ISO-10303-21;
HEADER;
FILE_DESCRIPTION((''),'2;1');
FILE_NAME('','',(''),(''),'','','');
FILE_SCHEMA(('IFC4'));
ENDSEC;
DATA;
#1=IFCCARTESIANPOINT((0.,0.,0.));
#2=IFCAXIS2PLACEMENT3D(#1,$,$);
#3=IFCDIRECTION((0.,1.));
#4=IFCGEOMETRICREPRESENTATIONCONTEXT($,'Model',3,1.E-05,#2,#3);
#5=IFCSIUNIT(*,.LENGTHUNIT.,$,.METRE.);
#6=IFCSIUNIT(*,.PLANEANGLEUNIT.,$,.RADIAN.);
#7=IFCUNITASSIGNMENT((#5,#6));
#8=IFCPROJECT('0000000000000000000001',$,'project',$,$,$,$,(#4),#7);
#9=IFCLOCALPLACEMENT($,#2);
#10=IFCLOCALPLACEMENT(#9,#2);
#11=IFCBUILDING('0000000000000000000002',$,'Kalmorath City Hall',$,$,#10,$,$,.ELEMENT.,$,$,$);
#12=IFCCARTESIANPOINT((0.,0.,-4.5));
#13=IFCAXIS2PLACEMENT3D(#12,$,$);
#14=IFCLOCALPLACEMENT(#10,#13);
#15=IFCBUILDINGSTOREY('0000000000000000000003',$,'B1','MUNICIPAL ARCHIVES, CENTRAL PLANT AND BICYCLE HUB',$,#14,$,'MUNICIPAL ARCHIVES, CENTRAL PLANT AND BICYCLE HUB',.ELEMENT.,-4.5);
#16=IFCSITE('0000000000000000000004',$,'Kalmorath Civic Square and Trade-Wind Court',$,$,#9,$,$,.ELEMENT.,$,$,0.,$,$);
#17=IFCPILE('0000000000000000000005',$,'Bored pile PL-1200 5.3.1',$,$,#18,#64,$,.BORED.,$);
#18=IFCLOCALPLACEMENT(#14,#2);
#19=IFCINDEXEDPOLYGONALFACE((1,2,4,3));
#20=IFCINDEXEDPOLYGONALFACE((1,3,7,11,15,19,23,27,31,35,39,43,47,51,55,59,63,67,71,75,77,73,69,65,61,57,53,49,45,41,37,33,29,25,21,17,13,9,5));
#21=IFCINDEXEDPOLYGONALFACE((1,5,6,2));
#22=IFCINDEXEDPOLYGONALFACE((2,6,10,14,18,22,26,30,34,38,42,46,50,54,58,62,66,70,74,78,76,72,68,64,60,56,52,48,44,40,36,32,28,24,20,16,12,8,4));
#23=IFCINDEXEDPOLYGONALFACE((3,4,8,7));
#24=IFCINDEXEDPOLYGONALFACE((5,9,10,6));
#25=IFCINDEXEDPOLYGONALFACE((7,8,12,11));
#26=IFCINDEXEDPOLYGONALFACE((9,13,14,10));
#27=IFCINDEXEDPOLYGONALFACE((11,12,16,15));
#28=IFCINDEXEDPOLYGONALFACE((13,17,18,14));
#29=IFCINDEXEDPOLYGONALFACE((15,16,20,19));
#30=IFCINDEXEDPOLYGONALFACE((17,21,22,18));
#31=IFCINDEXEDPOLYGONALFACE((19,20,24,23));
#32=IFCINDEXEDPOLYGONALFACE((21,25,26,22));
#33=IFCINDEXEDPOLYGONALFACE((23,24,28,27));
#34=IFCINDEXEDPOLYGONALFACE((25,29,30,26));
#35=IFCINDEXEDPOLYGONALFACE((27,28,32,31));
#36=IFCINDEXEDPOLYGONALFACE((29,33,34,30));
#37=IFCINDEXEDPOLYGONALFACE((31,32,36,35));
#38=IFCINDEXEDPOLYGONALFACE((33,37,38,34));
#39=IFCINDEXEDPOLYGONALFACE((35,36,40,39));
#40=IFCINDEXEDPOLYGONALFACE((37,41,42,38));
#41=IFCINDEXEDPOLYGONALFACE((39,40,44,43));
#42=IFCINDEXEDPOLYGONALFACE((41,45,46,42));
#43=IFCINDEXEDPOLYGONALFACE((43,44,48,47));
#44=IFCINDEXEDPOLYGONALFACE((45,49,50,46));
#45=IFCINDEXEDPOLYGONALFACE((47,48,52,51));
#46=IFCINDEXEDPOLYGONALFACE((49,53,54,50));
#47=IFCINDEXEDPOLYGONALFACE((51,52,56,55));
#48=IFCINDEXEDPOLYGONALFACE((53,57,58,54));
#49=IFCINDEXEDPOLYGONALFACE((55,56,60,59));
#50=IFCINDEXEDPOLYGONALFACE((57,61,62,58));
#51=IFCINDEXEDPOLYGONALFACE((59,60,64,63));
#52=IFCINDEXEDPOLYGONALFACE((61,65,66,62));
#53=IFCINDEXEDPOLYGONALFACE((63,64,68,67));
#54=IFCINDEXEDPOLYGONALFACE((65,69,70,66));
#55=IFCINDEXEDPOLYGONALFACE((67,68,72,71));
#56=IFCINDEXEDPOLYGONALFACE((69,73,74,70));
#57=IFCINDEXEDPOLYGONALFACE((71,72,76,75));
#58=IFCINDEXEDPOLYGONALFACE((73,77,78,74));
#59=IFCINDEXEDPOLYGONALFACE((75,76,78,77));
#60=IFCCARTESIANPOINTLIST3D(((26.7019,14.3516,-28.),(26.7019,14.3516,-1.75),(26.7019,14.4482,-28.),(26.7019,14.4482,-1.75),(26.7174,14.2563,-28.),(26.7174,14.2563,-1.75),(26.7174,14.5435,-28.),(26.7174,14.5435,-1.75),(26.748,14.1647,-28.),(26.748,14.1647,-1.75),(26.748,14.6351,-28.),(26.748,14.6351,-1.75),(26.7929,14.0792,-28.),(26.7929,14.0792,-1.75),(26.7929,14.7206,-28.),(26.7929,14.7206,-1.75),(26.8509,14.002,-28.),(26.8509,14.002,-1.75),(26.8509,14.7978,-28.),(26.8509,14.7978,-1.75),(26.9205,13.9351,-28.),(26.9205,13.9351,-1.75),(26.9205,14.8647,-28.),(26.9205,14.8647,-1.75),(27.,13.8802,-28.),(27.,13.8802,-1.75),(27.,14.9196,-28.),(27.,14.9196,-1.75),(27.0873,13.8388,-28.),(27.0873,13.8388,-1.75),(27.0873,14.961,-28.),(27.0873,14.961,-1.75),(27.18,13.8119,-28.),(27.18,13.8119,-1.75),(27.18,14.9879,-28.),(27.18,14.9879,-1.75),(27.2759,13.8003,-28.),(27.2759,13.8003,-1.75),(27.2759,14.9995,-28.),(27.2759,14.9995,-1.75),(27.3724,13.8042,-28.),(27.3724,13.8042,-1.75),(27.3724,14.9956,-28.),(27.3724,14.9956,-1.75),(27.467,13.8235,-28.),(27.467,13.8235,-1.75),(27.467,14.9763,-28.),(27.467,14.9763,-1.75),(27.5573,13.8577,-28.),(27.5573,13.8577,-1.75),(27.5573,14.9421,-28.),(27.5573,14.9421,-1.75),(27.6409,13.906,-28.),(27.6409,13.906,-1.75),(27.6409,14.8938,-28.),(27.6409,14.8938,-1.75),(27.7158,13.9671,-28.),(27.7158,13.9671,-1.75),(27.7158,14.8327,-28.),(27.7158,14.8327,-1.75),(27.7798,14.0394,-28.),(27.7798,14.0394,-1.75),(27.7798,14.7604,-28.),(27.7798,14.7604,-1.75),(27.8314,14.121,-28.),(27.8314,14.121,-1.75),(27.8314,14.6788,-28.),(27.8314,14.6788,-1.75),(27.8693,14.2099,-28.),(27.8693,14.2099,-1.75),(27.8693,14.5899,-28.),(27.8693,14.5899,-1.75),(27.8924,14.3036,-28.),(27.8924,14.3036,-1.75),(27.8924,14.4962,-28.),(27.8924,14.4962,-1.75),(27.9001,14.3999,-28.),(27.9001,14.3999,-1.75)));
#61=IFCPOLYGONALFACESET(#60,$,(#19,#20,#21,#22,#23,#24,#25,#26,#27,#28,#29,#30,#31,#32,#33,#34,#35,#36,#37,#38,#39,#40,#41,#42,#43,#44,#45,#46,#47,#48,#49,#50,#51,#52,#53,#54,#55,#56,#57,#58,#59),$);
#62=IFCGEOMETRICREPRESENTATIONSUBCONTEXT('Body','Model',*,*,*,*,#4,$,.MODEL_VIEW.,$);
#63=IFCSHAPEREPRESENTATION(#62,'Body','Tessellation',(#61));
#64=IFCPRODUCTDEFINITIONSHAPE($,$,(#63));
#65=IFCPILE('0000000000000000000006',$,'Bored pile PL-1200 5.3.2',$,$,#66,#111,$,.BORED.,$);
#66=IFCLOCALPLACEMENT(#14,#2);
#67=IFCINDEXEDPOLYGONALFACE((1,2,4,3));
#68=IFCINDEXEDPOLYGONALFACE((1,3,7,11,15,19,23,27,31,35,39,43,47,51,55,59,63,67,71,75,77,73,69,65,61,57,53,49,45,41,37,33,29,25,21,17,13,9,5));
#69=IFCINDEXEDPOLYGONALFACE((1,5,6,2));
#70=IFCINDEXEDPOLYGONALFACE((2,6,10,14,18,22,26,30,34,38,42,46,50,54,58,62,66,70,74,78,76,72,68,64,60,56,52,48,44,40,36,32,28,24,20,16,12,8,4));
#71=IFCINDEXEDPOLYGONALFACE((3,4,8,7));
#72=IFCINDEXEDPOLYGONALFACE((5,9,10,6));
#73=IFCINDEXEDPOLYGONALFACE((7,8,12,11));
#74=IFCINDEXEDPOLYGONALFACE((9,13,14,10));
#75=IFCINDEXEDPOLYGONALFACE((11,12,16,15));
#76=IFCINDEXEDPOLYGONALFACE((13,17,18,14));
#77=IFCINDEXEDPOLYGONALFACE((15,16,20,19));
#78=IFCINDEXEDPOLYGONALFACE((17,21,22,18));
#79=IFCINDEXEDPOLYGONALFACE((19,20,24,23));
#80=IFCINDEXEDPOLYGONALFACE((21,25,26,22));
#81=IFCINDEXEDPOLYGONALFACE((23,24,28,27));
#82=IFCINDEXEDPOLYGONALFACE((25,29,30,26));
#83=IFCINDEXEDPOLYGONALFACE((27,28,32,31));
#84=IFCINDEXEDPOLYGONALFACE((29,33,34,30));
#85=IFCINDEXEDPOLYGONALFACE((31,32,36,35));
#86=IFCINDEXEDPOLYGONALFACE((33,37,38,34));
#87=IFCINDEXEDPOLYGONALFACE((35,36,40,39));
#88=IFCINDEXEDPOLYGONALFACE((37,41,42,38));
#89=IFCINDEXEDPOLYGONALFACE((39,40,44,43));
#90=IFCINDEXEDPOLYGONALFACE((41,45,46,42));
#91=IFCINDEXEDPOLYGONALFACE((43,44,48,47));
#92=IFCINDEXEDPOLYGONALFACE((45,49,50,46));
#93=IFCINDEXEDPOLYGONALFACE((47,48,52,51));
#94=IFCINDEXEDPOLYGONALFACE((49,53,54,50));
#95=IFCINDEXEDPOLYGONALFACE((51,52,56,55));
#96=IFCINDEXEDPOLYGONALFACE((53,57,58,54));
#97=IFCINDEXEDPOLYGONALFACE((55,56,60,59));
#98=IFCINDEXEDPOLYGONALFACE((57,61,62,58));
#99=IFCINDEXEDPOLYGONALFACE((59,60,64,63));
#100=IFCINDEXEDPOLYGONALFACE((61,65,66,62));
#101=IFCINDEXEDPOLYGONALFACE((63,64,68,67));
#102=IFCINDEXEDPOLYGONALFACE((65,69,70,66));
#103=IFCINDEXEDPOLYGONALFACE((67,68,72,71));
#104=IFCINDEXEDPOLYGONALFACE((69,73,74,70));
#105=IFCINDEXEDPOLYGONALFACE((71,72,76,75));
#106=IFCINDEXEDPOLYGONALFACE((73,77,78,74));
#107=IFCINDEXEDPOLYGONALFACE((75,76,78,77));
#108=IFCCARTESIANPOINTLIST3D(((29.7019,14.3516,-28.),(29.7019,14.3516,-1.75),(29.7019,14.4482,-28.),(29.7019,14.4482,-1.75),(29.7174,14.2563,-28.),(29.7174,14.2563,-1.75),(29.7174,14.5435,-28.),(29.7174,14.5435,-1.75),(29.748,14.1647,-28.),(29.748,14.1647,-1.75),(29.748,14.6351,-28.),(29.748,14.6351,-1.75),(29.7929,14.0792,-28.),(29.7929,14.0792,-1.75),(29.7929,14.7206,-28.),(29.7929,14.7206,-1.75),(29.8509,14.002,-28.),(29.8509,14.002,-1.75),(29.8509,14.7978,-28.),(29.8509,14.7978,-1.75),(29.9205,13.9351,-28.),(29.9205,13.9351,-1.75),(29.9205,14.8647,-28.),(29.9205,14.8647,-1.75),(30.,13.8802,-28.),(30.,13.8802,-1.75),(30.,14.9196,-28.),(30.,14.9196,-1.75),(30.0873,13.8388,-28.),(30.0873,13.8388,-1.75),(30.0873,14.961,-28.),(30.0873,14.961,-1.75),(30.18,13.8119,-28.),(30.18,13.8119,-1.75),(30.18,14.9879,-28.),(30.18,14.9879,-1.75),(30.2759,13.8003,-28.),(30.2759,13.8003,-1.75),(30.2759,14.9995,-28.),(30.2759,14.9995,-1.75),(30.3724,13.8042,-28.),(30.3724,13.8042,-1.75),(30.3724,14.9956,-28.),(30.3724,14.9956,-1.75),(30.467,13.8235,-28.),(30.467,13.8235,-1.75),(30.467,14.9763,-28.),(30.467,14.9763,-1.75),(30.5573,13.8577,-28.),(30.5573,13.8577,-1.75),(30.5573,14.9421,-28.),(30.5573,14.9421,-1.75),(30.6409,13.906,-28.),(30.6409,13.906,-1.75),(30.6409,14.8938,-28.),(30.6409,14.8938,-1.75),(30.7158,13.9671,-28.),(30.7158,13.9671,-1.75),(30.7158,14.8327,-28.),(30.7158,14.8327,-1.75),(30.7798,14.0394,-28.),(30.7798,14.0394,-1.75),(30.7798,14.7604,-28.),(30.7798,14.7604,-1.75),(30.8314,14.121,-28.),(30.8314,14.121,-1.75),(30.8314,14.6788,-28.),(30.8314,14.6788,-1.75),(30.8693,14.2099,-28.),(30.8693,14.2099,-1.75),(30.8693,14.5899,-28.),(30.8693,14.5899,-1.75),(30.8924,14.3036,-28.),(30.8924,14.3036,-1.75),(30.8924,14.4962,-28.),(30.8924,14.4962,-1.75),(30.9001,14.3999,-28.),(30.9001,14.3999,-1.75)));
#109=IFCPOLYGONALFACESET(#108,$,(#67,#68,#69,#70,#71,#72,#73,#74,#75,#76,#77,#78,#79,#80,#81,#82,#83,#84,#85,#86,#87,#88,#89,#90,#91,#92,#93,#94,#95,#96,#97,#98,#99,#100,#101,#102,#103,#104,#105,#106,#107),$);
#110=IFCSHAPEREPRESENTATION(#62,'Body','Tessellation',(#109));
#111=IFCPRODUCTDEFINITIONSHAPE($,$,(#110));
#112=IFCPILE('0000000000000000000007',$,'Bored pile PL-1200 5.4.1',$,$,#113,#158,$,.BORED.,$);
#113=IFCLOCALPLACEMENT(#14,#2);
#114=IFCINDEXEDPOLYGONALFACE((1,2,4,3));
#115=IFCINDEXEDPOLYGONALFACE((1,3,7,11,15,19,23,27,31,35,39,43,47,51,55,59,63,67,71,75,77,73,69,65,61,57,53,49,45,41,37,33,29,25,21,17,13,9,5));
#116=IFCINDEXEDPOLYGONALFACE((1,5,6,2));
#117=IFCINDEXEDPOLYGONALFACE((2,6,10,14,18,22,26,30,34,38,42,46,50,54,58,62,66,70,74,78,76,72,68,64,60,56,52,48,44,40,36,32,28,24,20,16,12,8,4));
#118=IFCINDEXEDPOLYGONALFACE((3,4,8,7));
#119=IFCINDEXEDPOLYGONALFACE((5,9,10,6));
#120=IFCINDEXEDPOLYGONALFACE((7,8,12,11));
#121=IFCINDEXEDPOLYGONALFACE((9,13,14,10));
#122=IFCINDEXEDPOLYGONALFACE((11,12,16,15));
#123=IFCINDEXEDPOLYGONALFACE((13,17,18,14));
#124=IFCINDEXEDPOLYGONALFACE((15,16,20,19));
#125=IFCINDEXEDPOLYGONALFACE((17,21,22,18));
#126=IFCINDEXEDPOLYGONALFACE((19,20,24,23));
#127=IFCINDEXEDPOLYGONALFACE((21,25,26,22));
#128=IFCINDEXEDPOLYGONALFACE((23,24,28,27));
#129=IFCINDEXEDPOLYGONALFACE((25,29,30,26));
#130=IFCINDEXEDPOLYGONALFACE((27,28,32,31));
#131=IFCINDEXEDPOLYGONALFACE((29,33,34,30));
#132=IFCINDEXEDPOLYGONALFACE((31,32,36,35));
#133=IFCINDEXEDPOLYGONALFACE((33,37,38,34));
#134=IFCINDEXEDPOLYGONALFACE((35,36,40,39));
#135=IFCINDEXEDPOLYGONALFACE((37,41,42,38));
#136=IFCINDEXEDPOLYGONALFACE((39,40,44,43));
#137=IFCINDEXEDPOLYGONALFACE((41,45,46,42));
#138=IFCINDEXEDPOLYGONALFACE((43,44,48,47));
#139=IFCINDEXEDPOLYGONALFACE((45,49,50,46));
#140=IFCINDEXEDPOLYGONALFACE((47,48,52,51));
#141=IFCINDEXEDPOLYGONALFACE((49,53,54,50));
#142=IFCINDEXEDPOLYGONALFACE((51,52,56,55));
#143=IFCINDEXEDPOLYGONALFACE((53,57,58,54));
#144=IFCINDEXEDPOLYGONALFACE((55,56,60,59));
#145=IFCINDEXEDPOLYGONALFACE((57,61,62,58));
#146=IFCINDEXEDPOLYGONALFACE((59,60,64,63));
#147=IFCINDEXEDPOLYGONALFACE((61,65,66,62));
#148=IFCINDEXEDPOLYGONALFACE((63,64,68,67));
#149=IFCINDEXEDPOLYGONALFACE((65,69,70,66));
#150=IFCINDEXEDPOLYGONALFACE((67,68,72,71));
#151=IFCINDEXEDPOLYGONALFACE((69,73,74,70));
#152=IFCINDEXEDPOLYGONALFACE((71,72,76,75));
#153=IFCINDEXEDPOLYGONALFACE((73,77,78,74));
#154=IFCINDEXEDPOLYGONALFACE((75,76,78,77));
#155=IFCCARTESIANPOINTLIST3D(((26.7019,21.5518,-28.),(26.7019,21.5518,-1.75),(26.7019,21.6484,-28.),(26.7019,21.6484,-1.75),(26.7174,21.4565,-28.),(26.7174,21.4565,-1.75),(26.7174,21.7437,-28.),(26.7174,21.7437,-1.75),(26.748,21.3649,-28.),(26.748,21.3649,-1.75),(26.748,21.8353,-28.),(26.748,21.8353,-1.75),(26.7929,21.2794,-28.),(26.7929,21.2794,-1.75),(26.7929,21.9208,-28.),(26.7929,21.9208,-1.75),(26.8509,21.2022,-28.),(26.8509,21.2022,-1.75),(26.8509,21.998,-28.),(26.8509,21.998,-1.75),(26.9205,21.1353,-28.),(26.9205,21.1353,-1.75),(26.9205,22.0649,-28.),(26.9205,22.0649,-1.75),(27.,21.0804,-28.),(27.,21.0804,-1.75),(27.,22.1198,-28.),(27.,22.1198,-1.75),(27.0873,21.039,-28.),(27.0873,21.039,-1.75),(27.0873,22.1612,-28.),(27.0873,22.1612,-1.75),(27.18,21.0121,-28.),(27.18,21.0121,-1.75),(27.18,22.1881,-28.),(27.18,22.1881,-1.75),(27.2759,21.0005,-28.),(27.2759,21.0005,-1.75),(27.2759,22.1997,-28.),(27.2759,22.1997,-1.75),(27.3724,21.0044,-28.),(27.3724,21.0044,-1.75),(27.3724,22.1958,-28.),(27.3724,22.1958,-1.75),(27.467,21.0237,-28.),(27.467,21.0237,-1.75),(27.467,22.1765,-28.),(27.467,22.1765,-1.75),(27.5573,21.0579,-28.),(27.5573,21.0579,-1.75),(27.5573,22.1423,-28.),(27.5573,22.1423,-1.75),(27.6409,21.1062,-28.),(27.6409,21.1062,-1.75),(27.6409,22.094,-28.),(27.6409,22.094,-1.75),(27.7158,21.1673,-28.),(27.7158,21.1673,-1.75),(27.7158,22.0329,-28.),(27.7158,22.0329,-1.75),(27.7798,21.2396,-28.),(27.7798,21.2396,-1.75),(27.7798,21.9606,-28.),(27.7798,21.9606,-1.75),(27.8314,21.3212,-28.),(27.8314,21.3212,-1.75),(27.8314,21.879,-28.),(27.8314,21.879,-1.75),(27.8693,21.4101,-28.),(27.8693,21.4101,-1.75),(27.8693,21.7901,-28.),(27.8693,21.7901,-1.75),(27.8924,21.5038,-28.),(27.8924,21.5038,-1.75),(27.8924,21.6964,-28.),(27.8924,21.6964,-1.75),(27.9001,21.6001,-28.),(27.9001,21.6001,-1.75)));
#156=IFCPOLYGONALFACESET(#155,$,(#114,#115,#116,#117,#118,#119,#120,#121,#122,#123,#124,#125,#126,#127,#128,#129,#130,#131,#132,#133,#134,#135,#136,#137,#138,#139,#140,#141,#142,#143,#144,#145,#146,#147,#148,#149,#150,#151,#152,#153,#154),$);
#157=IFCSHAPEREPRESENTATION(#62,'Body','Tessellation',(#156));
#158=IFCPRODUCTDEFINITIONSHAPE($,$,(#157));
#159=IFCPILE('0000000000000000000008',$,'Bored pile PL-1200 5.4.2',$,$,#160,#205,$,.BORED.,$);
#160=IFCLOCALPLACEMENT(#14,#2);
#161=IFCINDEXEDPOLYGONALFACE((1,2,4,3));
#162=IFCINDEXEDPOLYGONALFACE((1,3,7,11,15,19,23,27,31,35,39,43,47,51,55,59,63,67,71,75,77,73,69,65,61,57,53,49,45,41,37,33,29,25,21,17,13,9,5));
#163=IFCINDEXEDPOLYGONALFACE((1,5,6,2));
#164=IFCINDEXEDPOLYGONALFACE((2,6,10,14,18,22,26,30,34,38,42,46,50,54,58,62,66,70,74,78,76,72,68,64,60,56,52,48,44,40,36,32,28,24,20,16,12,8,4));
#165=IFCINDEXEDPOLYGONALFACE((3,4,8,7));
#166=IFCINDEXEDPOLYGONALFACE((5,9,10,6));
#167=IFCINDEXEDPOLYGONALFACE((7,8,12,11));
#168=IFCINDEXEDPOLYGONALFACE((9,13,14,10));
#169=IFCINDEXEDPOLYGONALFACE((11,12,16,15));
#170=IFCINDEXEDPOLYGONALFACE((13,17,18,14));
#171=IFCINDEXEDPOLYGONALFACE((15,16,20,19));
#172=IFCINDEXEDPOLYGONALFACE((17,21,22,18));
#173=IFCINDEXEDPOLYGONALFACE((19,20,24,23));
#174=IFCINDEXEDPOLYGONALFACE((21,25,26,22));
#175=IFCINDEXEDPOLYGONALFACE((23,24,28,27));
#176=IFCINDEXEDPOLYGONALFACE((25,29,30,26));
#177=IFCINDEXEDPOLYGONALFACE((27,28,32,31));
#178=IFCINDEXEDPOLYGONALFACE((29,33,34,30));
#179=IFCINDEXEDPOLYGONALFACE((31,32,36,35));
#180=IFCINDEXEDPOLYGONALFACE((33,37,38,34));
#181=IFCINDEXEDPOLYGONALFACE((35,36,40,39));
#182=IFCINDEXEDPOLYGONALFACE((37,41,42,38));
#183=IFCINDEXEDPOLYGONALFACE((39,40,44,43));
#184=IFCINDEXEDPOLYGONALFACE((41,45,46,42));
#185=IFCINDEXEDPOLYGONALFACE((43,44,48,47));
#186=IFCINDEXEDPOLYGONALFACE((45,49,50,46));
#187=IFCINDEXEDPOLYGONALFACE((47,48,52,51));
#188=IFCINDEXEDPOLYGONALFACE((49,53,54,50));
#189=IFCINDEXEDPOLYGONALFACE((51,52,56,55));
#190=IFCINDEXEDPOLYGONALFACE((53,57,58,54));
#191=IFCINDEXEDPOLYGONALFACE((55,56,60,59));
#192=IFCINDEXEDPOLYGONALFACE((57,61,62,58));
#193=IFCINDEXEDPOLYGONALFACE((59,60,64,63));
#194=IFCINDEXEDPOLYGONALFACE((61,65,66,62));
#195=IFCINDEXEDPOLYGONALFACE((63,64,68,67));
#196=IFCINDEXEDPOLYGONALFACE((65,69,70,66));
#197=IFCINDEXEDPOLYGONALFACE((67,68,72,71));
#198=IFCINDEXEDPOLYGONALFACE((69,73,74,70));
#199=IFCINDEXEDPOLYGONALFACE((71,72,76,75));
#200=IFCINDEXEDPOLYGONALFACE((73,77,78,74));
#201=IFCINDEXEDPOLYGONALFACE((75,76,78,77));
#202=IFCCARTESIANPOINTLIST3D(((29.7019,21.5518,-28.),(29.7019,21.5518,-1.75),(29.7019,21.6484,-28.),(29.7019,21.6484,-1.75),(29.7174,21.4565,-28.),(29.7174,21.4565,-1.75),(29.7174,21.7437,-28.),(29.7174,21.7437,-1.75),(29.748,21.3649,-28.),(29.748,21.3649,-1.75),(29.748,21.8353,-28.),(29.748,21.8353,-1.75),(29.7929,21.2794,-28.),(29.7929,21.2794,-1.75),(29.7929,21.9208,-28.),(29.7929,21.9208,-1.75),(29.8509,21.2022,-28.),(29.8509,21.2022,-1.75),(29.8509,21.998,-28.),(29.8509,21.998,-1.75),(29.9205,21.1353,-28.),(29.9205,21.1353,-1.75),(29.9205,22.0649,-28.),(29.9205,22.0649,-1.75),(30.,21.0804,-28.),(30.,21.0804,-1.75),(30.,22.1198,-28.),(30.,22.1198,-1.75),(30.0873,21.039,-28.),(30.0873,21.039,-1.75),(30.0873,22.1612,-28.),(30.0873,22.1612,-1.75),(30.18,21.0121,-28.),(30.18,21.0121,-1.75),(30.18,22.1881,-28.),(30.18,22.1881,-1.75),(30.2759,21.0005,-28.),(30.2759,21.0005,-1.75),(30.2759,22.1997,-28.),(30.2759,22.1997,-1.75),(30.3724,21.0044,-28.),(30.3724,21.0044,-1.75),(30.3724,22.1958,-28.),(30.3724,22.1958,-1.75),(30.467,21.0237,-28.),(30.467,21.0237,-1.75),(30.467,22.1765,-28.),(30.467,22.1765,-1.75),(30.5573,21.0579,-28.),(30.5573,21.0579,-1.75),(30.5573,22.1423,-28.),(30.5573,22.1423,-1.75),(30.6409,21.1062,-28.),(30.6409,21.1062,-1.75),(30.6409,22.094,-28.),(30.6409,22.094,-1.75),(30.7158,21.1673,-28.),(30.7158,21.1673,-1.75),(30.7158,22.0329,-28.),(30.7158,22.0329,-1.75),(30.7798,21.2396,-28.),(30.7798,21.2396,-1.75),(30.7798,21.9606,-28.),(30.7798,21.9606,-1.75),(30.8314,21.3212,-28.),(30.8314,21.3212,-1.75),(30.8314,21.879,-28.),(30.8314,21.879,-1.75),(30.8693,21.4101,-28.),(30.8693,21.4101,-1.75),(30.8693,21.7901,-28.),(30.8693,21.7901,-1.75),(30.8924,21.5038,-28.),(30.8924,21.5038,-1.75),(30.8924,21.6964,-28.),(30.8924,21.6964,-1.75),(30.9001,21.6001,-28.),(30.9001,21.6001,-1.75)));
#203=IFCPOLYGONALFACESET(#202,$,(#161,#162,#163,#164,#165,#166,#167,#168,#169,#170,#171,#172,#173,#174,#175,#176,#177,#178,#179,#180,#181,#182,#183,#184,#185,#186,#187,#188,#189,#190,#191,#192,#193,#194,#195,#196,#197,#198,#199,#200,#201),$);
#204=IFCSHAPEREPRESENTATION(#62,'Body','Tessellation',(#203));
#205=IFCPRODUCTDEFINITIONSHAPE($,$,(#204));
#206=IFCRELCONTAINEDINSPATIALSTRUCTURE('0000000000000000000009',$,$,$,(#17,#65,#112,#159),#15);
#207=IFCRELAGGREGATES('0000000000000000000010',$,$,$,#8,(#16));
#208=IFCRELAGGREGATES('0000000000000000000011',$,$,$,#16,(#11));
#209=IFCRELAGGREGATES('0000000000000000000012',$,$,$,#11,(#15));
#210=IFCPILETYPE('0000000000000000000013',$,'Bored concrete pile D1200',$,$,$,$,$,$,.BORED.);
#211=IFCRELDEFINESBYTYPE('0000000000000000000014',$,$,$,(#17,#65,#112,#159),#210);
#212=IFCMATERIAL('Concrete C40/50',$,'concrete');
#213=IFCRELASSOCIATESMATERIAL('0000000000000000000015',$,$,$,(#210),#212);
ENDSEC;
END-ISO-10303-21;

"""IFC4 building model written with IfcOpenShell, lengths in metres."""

from ifc_helpers import new_model, si_unit, direction, frame, origin, origin_2d, place, context, subcontext, project, spatial, circle, extrude, material, material_profile, profile_set, type_object, element, save


model = new_model("IFC4")

# Units and contexts
model_context = context("Model", 3, precision=1e-05, world=origin(), true_north=direction((0.0, 1.0)))
body_context = subcontext(model_context, "Body", "Model", "MODEL_VIEW")
ifc_project = project(units=[si_unit("LENGTHUNIT", "METRE"), si_unit("PLANEANGLEUNIT", "RADIAN")], contexts=[model_context])

# Site, building, storey
site_placement = place(None, origin())
site = spatial("IfcSite", under=ifc_project, at=site_placement, Name="Kalmorath Civic Square and Trade-Wind Court", CompositionType="ELEMENT", RefElevation=0.0)
building_placement = place(site_placement, origin())
building = spatial("IfcBuilding", under=site, at=building_placement, Name="Kalmorath City Hall", CompositionType="ELEMENT")
storey_placement = place(building_placement, frame((0.0, 0.0, -4.5)))
storey = spatial("IfcBuildingStorey", under=building, at=storey_placement, Name="B1", Description="MUNICIPAL ARCHIVES, CENTRAL PLANT AND BICYCLE HUB", LongName="MUNICIPAL ARCHIVES, CENTRAL PLANT AND BICYCLE HUB", CompositionType="ELEMENT", Elevation=-4.5)

# Piles
ifc_material_1 = material(Name="Concrete C40/50", Category="concrete")
ifc_material_profile_1 = material_profile(ifc_material_1, circle(Radius=0.6001, at=origin_2d()), Name="PILE-D1200")
ifc_profile_set_1 = profile_set([ifc_material_profile_1], Name="Concrete C40/50")
pile_type_1 = type_object("IfcPileType", Name="Bored concrete pile D1200", PredefinedType="BORED", material=ifc_profile_set_1)
for number, where, z_axis, x_axis, name in (
    (1, (27.3, 14.3999, -1.75), (0.0, 0.0, -1.0), (1.0, 0.0, 0.0), "Bored pile PL-1200 5.3.1"),
    (2, (30.3, 14.3999, -1.75), (0.0, 0.0, -1.0), (1.0, 0.0, 0.0), "Bored pile PL-1200 5.3.2"),
    (3, (27.3, 21.6001, -1.75), (0.0, 0.0, -1.0), (1.0, 0.0, 0.0), "Bored pile PL-1200 5.4.1"),
    (4, (30.3, 21.6001, -1.75), (0.0, 0.0, -1.0), (1.0, 0.0, 0.0), "Bored pile PL-1200 5.4.2"),
):
    element("IfcPile", number, at=place(storey_placement, frame(where, z_axis=z_axis, x_axis=x_axis)), inside=storey, type_object=pile_type_1, Name=name, PredefinedType="BORED", context=body_context, shape_type="SweptSolid", body=[
        extrude(circle(Radius=0.6001, at=origin_2d()), origin(), (0.0, 0.0, 1.0), 26.25),
    ])

save(model, "model.ifc")
